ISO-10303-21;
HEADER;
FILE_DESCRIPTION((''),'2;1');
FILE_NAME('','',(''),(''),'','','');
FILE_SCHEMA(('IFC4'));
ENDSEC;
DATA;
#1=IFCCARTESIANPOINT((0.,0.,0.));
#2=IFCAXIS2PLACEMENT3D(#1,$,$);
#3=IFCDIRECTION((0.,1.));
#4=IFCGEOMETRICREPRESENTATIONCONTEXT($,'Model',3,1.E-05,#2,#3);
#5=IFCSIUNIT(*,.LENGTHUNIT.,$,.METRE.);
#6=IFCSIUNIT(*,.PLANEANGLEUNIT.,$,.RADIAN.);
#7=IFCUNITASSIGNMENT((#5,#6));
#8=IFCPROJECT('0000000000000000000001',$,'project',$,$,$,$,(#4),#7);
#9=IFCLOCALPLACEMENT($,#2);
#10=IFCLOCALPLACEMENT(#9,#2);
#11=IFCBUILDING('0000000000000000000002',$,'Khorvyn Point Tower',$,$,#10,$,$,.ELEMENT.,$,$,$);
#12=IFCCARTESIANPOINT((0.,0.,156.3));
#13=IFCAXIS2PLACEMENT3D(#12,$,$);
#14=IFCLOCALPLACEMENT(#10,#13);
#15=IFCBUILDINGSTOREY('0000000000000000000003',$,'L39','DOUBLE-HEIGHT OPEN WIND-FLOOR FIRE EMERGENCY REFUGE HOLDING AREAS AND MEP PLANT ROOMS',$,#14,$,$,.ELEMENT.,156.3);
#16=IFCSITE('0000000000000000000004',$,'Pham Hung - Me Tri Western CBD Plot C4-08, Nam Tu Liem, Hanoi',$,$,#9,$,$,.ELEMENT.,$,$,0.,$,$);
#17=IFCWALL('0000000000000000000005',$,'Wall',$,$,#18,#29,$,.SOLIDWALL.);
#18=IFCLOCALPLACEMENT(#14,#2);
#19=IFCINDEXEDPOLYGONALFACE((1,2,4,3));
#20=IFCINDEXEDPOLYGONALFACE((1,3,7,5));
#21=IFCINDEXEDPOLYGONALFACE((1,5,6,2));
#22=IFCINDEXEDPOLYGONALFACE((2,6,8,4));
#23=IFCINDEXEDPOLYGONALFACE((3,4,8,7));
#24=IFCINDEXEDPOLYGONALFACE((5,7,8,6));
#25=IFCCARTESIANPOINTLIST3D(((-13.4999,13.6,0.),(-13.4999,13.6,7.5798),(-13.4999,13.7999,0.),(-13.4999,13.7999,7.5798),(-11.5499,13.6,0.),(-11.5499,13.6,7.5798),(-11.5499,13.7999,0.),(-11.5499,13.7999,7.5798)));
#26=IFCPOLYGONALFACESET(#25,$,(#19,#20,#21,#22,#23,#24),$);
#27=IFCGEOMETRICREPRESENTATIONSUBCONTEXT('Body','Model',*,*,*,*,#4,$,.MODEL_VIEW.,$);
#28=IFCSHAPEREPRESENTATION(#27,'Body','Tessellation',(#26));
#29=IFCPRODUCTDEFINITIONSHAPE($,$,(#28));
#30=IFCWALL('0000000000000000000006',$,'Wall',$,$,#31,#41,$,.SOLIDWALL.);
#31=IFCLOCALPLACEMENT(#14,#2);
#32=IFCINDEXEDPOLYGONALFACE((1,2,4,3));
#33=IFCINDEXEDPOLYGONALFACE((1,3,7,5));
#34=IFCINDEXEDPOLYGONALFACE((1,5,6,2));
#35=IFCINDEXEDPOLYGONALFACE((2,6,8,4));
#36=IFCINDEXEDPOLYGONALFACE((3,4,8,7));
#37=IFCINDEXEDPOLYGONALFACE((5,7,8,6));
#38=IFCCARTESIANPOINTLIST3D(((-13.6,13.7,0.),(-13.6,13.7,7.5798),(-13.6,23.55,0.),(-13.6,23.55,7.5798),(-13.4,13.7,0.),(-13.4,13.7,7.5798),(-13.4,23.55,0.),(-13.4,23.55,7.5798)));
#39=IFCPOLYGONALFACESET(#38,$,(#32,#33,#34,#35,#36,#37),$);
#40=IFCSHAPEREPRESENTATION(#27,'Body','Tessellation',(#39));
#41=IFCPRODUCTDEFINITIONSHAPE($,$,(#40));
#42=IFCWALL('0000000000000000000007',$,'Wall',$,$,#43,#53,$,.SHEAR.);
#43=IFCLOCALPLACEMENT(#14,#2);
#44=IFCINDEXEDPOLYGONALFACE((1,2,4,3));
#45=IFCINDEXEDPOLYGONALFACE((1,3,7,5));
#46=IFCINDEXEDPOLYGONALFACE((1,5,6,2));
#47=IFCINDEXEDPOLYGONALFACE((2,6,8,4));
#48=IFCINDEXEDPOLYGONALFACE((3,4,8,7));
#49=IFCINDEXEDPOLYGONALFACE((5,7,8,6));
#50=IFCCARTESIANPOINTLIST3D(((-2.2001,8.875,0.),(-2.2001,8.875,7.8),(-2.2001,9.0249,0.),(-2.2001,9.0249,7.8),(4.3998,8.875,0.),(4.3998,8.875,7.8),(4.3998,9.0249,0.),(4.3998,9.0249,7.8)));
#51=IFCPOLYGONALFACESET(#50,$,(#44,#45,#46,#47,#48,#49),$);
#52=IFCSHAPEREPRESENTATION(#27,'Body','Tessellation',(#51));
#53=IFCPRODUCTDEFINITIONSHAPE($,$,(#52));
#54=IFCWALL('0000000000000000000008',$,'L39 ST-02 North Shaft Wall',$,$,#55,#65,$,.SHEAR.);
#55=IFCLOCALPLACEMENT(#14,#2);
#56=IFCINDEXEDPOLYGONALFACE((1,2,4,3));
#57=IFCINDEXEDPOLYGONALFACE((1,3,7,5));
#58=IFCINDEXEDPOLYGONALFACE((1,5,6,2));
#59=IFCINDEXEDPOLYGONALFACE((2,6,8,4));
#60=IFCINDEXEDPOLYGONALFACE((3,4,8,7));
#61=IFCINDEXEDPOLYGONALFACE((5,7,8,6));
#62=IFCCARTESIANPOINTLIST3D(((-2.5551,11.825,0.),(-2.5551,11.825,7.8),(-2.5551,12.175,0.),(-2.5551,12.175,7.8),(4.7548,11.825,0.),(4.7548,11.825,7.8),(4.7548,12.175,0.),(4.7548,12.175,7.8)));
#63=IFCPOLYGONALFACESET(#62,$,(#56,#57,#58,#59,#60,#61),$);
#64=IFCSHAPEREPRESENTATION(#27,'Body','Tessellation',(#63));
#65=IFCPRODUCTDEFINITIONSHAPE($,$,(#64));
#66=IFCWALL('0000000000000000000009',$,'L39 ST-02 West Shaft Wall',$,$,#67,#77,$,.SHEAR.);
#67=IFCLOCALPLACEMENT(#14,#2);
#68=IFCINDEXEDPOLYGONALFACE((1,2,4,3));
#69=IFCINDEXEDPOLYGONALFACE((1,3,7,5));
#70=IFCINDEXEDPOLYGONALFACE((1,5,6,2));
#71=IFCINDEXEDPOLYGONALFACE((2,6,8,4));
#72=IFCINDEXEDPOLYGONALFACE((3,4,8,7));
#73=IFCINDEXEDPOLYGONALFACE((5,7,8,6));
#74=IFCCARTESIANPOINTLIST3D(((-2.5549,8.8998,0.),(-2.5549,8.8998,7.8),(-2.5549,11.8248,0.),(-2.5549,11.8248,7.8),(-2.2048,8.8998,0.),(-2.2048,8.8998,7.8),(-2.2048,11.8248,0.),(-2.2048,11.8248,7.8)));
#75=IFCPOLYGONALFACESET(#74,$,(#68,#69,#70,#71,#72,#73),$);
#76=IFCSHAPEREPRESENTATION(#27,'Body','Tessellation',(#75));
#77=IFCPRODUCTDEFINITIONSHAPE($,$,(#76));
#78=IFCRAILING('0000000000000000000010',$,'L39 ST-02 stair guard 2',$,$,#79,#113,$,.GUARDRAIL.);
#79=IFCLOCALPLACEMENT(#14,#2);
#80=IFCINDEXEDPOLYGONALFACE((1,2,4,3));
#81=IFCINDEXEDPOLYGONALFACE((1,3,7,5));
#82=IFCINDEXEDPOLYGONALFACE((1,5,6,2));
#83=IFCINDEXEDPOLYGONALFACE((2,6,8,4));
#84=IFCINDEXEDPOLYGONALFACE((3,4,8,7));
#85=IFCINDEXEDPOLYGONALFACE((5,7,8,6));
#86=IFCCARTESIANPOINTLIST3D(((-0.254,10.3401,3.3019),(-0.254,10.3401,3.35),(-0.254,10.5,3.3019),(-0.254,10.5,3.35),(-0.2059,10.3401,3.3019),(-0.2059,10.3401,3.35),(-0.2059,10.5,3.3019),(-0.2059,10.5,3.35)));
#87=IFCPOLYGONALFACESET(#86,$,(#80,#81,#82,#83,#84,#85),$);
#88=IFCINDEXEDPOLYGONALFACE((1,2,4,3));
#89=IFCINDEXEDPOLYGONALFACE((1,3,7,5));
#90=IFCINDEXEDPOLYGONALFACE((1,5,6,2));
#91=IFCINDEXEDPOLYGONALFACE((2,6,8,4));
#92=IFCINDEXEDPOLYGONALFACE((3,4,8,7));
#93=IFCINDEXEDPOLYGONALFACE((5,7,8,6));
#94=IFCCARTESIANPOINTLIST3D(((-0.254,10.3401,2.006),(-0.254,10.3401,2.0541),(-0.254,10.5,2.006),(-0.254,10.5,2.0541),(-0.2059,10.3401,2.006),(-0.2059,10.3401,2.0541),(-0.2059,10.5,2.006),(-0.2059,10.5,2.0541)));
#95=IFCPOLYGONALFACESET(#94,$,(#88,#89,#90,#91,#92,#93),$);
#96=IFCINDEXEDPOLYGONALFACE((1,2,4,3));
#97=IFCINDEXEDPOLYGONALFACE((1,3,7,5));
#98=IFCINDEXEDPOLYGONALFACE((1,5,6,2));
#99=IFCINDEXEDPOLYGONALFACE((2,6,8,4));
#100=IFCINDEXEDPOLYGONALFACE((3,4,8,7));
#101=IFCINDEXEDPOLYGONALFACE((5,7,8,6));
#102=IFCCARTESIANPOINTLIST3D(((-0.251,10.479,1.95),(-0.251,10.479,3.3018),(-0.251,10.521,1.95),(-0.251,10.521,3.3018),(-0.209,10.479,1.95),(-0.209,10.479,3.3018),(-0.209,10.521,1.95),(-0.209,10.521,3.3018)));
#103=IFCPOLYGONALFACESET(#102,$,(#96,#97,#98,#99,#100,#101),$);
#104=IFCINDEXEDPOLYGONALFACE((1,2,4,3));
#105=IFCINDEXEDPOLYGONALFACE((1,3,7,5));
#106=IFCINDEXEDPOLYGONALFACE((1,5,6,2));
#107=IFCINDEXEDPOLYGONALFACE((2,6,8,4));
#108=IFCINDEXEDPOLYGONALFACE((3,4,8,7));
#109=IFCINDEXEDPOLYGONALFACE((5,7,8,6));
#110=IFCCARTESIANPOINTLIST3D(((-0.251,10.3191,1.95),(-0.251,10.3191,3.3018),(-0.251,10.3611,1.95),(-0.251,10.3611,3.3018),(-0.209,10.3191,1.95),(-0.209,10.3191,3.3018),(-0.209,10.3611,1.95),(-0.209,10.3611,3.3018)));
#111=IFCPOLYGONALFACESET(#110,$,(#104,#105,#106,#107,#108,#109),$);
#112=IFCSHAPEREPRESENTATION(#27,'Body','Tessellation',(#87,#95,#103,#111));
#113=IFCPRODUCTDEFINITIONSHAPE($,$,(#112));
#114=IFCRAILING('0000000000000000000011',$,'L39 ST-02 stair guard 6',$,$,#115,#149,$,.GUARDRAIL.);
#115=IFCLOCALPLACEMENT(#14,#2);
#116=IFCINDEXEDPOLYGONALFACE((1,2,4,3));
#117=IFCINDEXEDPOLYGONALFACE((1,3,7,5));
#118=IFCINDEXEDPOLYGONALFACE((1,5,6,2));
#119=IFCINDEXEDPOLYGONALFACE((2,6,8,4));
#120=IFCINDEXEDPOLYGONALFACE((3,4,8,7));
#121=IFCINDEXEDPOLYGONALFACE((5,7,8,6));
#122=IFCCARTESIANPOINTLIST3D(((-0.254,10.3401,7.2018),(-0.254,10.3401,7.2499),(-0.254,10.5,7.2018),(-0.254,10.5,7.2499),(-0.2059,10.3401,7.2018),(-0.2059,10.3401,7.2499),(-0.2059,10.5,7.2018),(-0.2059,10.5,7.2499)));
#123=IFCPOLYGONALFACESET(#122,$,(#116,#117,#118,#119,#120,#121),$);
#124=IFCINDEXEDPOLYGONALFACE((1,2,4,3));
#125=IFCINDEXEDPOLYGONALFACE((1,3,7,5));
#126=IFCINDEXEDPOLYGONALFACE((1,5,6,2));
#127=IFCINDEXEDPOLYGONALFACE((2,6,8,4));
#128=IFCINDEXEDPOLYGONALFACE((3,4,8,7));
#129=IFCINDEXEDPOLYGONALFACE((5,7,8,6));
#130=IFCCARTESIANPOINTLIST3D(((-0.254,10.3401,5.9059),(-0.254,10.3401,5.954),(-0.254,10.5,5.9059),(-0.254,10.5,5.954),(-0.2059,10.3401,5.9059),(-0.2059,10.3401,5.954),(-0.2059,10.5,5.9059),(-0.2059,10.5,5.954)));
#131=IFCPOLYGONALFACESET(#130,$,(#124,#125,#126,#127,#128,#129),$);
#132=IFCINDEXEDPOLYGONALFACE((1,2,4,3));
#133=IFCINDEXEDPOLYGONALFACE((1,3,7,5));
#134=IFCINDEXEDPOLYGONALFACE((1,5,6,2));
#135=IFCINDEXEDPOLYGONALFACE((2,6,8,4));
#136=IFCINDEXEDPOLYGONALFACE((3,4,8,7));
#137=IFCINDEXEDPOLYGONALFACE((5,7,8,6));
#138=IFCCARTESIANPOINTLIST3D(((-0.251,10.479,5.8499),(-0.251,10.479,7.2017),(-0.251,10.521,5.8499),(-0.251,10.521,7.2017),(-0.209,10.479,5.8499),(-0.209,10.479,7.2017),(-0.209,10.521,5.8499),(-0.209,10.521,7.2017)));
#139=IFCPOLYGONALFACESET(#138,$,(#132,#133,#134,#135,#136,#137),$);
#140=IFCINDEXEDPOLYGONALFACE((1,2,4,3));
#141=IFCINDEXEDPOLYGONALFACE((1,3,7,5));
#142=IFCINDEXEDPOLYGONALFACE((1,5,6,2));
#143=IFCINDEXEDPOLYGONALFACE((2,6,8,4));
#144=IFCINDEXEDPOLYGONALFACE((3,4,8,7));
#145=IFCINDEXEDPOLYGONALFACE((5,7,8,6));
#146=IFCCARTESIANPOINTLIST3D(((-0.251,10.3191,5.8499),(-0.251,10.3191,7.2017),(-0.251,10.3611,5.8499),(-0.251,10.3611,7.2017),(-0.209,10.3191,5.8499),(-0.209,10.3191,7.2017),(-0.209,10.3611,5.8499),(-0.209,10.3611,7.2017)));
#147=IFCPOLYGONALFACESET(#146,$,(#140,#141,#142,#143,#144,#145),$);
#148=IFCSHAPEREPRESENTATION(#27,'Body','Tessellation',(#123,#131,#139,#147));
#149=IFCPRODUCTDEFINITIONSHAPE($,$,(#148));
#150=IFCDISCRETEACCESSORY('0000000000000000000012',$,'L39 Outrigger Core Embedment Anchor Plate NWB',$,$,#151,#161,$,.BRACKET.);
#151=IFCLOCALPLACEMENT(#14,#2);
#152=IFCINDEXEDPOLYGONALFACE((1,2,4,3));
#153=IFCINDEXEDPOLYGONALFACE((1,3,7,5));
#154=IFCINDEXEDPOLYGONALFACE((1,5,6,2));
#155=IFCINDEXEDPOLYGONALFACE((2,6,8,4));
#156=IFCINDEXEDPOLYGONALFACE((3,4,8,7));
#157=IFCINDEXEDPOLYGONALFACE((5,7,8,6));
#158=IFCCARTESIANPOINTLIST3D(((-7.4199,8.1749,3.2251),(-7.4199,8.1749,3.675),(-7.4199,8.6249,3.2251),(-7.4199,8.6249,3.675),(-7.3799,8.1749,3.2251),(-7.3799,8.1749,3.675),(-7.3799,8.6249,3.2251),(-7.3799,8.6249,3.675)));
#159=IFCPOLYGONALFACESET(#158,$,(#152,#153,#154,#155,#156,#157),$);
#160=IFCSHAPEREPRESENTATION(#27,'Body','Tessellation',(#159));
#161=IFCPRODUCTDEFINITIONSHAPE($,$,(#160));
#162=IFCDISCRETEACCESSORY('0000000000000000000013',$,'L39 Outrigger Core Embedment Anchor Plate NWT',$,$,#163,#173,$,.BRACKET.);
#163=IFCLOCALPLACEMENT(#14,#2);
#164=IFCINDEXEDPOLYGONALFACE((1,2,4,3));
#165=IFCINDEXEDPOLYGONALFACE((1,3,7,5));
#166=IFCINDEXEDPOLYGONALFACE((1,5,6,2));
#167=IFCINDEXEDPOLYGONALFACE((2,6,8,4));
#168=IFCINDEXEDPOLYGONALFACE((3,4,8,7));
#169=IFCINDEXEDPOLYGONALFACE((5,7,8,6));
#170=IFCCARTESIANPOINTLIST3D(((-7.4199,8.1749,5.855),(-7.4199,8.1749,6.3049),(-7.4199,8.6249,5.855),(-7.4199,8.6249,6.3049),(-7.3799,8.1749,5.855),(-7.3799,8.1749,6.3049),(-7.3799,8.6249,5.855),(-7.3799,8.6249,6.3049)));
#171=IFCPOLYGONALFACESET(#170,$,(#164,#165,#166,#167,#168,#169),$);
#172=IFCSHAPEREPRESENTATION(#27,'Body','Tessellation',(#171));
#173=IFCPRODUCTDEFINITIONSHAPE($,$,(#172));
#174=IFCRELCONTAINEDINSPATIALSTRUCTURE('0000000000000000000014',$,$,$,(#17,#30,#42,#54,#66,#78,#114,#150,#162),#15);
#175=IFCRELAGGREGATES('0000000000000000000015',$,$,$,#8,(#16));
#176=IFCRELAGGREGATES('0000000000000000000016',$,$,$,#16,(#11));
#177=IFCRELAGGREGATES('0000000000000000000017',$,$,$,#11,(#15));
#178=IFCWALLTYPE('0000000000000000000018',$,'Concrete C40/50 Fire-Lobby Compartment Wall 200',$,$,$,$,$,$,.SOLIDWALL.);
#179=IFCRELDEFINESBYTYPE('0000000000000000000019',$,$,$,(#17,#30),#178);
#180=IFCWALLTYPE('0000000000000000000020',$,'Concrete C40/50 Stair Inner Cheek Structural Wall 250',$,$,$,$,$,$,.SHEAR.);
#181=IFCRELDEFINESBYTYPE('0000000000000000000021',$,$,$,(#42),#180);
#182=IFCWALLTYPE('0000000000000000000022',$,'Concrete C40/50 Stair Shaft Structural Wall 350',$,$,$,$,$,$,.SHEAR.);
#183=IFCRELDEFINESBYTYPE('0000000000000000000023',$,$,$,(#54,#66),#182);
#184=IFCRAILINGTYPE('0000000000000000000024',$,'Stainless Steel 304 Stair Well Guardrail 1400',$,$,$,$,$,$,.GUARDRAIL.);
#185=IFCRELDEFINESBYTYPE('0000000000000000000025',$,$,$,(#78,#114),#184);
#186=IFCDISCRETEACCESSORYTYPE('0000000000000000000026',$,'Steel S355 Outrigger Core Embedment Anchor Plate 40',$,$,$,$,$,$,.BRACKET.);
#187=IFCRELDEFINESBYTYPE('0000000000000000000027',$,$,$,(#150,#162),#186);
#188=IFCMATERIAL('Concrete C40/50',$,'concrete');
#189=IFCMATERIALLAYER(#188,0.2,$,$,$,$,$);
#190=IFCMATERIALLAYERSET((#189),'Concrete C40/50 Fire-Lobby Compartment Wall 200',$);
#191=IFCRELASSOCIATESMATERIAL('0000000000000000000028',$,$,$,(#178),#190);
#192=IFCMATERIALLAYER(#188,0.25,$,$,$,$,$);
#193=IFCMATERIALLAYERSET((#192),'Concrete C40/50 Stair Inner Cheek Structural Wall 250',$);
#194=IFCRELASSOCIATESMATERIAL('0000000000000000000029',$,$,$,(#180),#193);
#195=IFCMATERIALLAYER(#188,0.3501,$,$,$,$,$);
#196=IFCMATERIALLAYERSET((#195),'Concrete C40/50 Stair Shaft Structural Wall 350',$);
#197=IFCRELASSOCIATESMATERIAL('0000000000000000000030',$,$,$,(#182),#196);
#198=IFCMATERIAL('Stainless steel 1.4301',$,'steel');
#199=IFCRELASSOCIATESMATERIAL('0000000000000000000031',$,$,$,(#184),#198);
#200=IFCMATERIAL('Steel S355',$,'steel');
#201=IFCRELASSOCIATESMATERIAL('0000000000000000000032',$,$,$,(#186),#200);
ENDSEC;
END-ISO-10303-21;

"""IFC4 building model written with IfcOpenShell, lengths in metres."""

from ifc_helpers import new_model, si_unit, direction, frame, frame_2d, origin, origin_2d, place, context, subcontext, project, spatial, rectangle, extrude, material, layer, layer_set, type_object, element, save


model = new_model("IFC4")

# Units and contexts
model_context = context("Model", 3, precision=1e-05, world=origin(), true_north=direction((0.0, 1.0)))
body_context = subcontext(model_context, "Body", "Model", "MODEL_VIEW")
ifc_project = project(units=[si_unit("LENGTHUNIT", "METRE"), si_unit("PLANEANGLEUNIT", "RADIAN")], contexts=[model_context])

# Site, building, storey
site_placement = place(None, origin())
site = spatial("IfcSite", under=ifc_project, at=site_placement, Name="Pham Hung - Me Tri Western CBD Plot C4-08, Nam Tu Liem, Hanoi", CompositionType="ELEMENT", RefElevation=0.0)
building_placement = place(site_placement, origin())
building = spatial("IfcBuilding", under=site, at=building_placement, Name="Khorvyn Point Tower", CompositionType="ELEMENT")
storey_placement = place(building_placement, frame((0.0, 0.0, 156.3)))
storey = spatial("IfcBuildingStorey", under=building, at=storey_placement, Name="L39", Description="DOUBLE-HEIGHT OPEN WIND-FLOOR FIRE EMERGENCY REFUGE HOLDING AREAS AND MEP PLANT ROOMS", CompositionType="ELEMENT", Elevation=156.3)

# Shared definitions
ifc_material_1 = material(Name="Steel S355", Category="steel")

# Shared definitions
ifc_material_2 = material(Name="Concrete C40/50", Category="concrete")
ifc_layer_1 = layer(ifc_material_2, 0.2)
ifc_layer_set_1 = layer_set([ifc_layer_1], Name="Concrete C40/50 Fire-Lobby Compartment Wall 200")
wall_type_1 = type_object("IfcWallType", Name="Concrete C40/50 Fire-Lobby Compartment Wall 200", PredefinedType="SOLIDWALL", material=ifc_layer_set_1)

# Walls
wall_1_placement = place(storey_placement, frame((-13.5, 13.7, 0.0), z_axis=(0.0, 0.0, 1.0), x_axis=(1.0, 0.0, 0.0)))
element("IfcWall", 1, at=wall_1_placement, inside=storey, type_object=wall_type_1, Name="Wall", PredefinedType="SOLIDWALL", context=body_context, shape_type="SweptSolid", body=[
    extrude(rectangle(XDim=1.95, YDim=0.2, at=frame_2d((0.9751, 0.0))), origin(), (0.0, 0.0, 1.0), 7.5798),
])
wall_2_placement = place(storey_placement, frame((-13.5, 13.7, 0.0), z_axis=(0.0, 0.0, 1.0), x_axis=(0.0, 1.0, 0.0)))
element("IfcWall", 2, at=wall_2_placement, inside=storey, type_object=wall_type_1, Name="Wall", PredefinedType="SOLIDWALL", context=body_context, shape_type="SweptSolid", body=[
    extrude(rectangle(XDim=9.8501, YDim=0.2, at=frame_2d((4.925, 0.0))), origin(), (0.0, 0.0, 1.0), 7.5798),
])
ifc_layer_2 = layer(ifc_material_2, 0.25)
ifc_layer_set_2 = layer_set([ifc_layer_2], Name="Concrete C40/50 Stair Inner Cheek Structural Wall 250")
wall_type_2 = type_object("IfcWallType", Name="Concrete C40/50 Stair Inner Cheek Structural Wall 250", PredefinedType="SHEAR", material=ifc_layer_set_2)
wall_3_placement = place(storey_placement, frame((-2.2, 8.95, 0.0), z_axis=(0.0, 0.0, 1.0), x_axis=(1.0, 0.0, 0.0)))
element("IfcWall", 3, at=wall_3_placement, inside=storey, type_object=wall_type_2, Name="Wall", PredefinedType="SHEAR", context=body_context, shape_type="SweptSolid", body=[
    extrude(rectangle(XDim=6.5999, YDim=0.1499, at=frame_2d((3.2998, 0.0))), origin(), (0.0, 0.0, 1.0), 7.8),
])
ifc_layer_3 = layer(ifc_material_2, 0.3501)
ifc_layer_set_3 = layer_set([ifc_layer_3], Name="Concrete C40/50 Stair Shaft Structural Wall 350")
wall_type_3 = type_object("IfcWallType", Name="Concrete C40/50 Stair Shaft Structural Wall 350", PredefinedType="SHEAR", material=ifc_layer_set_3)
wall_4_placement = place(storey_placement, frame((-2.5549, 12.0, 0.0), z_axis=(0.0, 0.0, 1.0), x_axis=(1.0, 0.0, 0.0)))
element("IfcWall", 4, at=wall_4_placement, inside=storey, type_object=wall_type_3, Name="L39 ST-02 North Shaft Wall", PredefinedType="SHEAR", context=body_context, shape_type="SweptSolid", body=[
    extrude(rectangle(XDim=7.3098, YDim=0.3501, at=frame_2d((3.6548, 0.0))), origin(), (0.0, 0.0, 1.0), 7.8),
])
wall_5_placement = place(storey_placement, frame((-2.3799, 8.8999, 0.0), z_axis=(0.0, 0.0, 1.0), x_axis=(0.0, 1.0, 0.0)))
element("IfcWall", 5, at=wall_5_placement, inside=storey, type_object=wall_type_3, Name="L39 ST-02 West Shaft Wall", PredefinedType="SHEAR", context=body_context, shape_type="SweptSolid", body=[
    extrude(rectangle(XDim=2.925, YDim=0.3501, at=frame_2d((1.4624, 0.0))), origin(), (0.0, 0.0, 1.0), 7.8),
])

# Railings
ifc_material_3 = material(Name="Stainless steel 1.4301", Category="steel")
railing_type = type_object("IfcRailingType", Name="Stainless Steel 304 Stair Well Guardrail 1400", PredefinedType="GUARDRAIL", material=ifc_material_3)
for number, where, name in (
    (6, (-0.23, 10.5, 1.95), "L39 ST-02 stair guard 2"),
    (7, (-0.23, 10.5, 5.8499), "L39 ST-02 stair guard 6"),
):
    element("IfcRailing", number, at=place(storey_placement, frame(where)), inside=storey, type_object=railing_type, Name=name, PredefinedType="GUARDRAIL", context=body_context, shape_type="SweptSolid", body=[
        extrude(rectangle(XDim=0.0481, YDim=0.0481, at=origin_2d()), frame((0.0, 0.0, 1.376), z_axis=(0.0, -1.0, 0.0), x_axis=(1.0, 0.0, 0.0)), (0.0, 0.0, 1.0), 0.1599),
        extrude(rectangle(XDim=0.0481, YDim=0.0481, at=origin_2d()), frame((0.0, 0.0, 0.0801), z_axis=(0.0, -1.0, 0.0), x_axis=(1.0, 0.0, 0.0)), (0.0, 0.0, 1.0), 0.1599),
        extrude(rectangle(XDim=0.042, YDim=0.042, at=origin_2d()), origin(), (0.0, 0.0, 1.0), 1.3518),
        extrude(rectangle(XDim=0.042, YDim=0.042, at=origin_2d()), frame((0.0, -0.1599, 0.0)), (0.0, 0.0, 1.0), 1.3518),
    ])

# Discrete accessories
discrete_accessory_type = type_object("IfcDiscreteAccessoryType", Name="Steel S355 Outrigger Core Embedment Anchor Plate 40", PredefinedType="BRACKET", material=ifc_material_1)
for number, where, z_axis, x_axis, name in (
    (8, (-7.3999, 8.3999, 3.2251), (0.0, 0.0, 1.0), (1.0, 0.0, 0.0), "L39 Outrigger Core Embedment Anchor Plate NWB"),
    (9, (-7.3999, 8.3999, 5.855), (0.0, 0.0, 1.0), (1.0, 0.0, 0.0), "L39 Outrigger Core Embedment Anchor Plate NWT"),
):
    element("IfcDiscreteAccessory", number, at=place(storey_placement, frame(where, z_axis=z_axis, x_axis=x_axis)), inside=storey, type_object=discrete_accessory_type, Name=name, PredefinedType="BRACKET", context=body_context, shape_type="SweptSolid", body=[
        extrude(rectangle(XDim=0.04, YDim=0.45, at=origin_2d()), origin(), (0.0, 0.0, 1.0), 0.45),
    ])

save(model, "model.ifc")
